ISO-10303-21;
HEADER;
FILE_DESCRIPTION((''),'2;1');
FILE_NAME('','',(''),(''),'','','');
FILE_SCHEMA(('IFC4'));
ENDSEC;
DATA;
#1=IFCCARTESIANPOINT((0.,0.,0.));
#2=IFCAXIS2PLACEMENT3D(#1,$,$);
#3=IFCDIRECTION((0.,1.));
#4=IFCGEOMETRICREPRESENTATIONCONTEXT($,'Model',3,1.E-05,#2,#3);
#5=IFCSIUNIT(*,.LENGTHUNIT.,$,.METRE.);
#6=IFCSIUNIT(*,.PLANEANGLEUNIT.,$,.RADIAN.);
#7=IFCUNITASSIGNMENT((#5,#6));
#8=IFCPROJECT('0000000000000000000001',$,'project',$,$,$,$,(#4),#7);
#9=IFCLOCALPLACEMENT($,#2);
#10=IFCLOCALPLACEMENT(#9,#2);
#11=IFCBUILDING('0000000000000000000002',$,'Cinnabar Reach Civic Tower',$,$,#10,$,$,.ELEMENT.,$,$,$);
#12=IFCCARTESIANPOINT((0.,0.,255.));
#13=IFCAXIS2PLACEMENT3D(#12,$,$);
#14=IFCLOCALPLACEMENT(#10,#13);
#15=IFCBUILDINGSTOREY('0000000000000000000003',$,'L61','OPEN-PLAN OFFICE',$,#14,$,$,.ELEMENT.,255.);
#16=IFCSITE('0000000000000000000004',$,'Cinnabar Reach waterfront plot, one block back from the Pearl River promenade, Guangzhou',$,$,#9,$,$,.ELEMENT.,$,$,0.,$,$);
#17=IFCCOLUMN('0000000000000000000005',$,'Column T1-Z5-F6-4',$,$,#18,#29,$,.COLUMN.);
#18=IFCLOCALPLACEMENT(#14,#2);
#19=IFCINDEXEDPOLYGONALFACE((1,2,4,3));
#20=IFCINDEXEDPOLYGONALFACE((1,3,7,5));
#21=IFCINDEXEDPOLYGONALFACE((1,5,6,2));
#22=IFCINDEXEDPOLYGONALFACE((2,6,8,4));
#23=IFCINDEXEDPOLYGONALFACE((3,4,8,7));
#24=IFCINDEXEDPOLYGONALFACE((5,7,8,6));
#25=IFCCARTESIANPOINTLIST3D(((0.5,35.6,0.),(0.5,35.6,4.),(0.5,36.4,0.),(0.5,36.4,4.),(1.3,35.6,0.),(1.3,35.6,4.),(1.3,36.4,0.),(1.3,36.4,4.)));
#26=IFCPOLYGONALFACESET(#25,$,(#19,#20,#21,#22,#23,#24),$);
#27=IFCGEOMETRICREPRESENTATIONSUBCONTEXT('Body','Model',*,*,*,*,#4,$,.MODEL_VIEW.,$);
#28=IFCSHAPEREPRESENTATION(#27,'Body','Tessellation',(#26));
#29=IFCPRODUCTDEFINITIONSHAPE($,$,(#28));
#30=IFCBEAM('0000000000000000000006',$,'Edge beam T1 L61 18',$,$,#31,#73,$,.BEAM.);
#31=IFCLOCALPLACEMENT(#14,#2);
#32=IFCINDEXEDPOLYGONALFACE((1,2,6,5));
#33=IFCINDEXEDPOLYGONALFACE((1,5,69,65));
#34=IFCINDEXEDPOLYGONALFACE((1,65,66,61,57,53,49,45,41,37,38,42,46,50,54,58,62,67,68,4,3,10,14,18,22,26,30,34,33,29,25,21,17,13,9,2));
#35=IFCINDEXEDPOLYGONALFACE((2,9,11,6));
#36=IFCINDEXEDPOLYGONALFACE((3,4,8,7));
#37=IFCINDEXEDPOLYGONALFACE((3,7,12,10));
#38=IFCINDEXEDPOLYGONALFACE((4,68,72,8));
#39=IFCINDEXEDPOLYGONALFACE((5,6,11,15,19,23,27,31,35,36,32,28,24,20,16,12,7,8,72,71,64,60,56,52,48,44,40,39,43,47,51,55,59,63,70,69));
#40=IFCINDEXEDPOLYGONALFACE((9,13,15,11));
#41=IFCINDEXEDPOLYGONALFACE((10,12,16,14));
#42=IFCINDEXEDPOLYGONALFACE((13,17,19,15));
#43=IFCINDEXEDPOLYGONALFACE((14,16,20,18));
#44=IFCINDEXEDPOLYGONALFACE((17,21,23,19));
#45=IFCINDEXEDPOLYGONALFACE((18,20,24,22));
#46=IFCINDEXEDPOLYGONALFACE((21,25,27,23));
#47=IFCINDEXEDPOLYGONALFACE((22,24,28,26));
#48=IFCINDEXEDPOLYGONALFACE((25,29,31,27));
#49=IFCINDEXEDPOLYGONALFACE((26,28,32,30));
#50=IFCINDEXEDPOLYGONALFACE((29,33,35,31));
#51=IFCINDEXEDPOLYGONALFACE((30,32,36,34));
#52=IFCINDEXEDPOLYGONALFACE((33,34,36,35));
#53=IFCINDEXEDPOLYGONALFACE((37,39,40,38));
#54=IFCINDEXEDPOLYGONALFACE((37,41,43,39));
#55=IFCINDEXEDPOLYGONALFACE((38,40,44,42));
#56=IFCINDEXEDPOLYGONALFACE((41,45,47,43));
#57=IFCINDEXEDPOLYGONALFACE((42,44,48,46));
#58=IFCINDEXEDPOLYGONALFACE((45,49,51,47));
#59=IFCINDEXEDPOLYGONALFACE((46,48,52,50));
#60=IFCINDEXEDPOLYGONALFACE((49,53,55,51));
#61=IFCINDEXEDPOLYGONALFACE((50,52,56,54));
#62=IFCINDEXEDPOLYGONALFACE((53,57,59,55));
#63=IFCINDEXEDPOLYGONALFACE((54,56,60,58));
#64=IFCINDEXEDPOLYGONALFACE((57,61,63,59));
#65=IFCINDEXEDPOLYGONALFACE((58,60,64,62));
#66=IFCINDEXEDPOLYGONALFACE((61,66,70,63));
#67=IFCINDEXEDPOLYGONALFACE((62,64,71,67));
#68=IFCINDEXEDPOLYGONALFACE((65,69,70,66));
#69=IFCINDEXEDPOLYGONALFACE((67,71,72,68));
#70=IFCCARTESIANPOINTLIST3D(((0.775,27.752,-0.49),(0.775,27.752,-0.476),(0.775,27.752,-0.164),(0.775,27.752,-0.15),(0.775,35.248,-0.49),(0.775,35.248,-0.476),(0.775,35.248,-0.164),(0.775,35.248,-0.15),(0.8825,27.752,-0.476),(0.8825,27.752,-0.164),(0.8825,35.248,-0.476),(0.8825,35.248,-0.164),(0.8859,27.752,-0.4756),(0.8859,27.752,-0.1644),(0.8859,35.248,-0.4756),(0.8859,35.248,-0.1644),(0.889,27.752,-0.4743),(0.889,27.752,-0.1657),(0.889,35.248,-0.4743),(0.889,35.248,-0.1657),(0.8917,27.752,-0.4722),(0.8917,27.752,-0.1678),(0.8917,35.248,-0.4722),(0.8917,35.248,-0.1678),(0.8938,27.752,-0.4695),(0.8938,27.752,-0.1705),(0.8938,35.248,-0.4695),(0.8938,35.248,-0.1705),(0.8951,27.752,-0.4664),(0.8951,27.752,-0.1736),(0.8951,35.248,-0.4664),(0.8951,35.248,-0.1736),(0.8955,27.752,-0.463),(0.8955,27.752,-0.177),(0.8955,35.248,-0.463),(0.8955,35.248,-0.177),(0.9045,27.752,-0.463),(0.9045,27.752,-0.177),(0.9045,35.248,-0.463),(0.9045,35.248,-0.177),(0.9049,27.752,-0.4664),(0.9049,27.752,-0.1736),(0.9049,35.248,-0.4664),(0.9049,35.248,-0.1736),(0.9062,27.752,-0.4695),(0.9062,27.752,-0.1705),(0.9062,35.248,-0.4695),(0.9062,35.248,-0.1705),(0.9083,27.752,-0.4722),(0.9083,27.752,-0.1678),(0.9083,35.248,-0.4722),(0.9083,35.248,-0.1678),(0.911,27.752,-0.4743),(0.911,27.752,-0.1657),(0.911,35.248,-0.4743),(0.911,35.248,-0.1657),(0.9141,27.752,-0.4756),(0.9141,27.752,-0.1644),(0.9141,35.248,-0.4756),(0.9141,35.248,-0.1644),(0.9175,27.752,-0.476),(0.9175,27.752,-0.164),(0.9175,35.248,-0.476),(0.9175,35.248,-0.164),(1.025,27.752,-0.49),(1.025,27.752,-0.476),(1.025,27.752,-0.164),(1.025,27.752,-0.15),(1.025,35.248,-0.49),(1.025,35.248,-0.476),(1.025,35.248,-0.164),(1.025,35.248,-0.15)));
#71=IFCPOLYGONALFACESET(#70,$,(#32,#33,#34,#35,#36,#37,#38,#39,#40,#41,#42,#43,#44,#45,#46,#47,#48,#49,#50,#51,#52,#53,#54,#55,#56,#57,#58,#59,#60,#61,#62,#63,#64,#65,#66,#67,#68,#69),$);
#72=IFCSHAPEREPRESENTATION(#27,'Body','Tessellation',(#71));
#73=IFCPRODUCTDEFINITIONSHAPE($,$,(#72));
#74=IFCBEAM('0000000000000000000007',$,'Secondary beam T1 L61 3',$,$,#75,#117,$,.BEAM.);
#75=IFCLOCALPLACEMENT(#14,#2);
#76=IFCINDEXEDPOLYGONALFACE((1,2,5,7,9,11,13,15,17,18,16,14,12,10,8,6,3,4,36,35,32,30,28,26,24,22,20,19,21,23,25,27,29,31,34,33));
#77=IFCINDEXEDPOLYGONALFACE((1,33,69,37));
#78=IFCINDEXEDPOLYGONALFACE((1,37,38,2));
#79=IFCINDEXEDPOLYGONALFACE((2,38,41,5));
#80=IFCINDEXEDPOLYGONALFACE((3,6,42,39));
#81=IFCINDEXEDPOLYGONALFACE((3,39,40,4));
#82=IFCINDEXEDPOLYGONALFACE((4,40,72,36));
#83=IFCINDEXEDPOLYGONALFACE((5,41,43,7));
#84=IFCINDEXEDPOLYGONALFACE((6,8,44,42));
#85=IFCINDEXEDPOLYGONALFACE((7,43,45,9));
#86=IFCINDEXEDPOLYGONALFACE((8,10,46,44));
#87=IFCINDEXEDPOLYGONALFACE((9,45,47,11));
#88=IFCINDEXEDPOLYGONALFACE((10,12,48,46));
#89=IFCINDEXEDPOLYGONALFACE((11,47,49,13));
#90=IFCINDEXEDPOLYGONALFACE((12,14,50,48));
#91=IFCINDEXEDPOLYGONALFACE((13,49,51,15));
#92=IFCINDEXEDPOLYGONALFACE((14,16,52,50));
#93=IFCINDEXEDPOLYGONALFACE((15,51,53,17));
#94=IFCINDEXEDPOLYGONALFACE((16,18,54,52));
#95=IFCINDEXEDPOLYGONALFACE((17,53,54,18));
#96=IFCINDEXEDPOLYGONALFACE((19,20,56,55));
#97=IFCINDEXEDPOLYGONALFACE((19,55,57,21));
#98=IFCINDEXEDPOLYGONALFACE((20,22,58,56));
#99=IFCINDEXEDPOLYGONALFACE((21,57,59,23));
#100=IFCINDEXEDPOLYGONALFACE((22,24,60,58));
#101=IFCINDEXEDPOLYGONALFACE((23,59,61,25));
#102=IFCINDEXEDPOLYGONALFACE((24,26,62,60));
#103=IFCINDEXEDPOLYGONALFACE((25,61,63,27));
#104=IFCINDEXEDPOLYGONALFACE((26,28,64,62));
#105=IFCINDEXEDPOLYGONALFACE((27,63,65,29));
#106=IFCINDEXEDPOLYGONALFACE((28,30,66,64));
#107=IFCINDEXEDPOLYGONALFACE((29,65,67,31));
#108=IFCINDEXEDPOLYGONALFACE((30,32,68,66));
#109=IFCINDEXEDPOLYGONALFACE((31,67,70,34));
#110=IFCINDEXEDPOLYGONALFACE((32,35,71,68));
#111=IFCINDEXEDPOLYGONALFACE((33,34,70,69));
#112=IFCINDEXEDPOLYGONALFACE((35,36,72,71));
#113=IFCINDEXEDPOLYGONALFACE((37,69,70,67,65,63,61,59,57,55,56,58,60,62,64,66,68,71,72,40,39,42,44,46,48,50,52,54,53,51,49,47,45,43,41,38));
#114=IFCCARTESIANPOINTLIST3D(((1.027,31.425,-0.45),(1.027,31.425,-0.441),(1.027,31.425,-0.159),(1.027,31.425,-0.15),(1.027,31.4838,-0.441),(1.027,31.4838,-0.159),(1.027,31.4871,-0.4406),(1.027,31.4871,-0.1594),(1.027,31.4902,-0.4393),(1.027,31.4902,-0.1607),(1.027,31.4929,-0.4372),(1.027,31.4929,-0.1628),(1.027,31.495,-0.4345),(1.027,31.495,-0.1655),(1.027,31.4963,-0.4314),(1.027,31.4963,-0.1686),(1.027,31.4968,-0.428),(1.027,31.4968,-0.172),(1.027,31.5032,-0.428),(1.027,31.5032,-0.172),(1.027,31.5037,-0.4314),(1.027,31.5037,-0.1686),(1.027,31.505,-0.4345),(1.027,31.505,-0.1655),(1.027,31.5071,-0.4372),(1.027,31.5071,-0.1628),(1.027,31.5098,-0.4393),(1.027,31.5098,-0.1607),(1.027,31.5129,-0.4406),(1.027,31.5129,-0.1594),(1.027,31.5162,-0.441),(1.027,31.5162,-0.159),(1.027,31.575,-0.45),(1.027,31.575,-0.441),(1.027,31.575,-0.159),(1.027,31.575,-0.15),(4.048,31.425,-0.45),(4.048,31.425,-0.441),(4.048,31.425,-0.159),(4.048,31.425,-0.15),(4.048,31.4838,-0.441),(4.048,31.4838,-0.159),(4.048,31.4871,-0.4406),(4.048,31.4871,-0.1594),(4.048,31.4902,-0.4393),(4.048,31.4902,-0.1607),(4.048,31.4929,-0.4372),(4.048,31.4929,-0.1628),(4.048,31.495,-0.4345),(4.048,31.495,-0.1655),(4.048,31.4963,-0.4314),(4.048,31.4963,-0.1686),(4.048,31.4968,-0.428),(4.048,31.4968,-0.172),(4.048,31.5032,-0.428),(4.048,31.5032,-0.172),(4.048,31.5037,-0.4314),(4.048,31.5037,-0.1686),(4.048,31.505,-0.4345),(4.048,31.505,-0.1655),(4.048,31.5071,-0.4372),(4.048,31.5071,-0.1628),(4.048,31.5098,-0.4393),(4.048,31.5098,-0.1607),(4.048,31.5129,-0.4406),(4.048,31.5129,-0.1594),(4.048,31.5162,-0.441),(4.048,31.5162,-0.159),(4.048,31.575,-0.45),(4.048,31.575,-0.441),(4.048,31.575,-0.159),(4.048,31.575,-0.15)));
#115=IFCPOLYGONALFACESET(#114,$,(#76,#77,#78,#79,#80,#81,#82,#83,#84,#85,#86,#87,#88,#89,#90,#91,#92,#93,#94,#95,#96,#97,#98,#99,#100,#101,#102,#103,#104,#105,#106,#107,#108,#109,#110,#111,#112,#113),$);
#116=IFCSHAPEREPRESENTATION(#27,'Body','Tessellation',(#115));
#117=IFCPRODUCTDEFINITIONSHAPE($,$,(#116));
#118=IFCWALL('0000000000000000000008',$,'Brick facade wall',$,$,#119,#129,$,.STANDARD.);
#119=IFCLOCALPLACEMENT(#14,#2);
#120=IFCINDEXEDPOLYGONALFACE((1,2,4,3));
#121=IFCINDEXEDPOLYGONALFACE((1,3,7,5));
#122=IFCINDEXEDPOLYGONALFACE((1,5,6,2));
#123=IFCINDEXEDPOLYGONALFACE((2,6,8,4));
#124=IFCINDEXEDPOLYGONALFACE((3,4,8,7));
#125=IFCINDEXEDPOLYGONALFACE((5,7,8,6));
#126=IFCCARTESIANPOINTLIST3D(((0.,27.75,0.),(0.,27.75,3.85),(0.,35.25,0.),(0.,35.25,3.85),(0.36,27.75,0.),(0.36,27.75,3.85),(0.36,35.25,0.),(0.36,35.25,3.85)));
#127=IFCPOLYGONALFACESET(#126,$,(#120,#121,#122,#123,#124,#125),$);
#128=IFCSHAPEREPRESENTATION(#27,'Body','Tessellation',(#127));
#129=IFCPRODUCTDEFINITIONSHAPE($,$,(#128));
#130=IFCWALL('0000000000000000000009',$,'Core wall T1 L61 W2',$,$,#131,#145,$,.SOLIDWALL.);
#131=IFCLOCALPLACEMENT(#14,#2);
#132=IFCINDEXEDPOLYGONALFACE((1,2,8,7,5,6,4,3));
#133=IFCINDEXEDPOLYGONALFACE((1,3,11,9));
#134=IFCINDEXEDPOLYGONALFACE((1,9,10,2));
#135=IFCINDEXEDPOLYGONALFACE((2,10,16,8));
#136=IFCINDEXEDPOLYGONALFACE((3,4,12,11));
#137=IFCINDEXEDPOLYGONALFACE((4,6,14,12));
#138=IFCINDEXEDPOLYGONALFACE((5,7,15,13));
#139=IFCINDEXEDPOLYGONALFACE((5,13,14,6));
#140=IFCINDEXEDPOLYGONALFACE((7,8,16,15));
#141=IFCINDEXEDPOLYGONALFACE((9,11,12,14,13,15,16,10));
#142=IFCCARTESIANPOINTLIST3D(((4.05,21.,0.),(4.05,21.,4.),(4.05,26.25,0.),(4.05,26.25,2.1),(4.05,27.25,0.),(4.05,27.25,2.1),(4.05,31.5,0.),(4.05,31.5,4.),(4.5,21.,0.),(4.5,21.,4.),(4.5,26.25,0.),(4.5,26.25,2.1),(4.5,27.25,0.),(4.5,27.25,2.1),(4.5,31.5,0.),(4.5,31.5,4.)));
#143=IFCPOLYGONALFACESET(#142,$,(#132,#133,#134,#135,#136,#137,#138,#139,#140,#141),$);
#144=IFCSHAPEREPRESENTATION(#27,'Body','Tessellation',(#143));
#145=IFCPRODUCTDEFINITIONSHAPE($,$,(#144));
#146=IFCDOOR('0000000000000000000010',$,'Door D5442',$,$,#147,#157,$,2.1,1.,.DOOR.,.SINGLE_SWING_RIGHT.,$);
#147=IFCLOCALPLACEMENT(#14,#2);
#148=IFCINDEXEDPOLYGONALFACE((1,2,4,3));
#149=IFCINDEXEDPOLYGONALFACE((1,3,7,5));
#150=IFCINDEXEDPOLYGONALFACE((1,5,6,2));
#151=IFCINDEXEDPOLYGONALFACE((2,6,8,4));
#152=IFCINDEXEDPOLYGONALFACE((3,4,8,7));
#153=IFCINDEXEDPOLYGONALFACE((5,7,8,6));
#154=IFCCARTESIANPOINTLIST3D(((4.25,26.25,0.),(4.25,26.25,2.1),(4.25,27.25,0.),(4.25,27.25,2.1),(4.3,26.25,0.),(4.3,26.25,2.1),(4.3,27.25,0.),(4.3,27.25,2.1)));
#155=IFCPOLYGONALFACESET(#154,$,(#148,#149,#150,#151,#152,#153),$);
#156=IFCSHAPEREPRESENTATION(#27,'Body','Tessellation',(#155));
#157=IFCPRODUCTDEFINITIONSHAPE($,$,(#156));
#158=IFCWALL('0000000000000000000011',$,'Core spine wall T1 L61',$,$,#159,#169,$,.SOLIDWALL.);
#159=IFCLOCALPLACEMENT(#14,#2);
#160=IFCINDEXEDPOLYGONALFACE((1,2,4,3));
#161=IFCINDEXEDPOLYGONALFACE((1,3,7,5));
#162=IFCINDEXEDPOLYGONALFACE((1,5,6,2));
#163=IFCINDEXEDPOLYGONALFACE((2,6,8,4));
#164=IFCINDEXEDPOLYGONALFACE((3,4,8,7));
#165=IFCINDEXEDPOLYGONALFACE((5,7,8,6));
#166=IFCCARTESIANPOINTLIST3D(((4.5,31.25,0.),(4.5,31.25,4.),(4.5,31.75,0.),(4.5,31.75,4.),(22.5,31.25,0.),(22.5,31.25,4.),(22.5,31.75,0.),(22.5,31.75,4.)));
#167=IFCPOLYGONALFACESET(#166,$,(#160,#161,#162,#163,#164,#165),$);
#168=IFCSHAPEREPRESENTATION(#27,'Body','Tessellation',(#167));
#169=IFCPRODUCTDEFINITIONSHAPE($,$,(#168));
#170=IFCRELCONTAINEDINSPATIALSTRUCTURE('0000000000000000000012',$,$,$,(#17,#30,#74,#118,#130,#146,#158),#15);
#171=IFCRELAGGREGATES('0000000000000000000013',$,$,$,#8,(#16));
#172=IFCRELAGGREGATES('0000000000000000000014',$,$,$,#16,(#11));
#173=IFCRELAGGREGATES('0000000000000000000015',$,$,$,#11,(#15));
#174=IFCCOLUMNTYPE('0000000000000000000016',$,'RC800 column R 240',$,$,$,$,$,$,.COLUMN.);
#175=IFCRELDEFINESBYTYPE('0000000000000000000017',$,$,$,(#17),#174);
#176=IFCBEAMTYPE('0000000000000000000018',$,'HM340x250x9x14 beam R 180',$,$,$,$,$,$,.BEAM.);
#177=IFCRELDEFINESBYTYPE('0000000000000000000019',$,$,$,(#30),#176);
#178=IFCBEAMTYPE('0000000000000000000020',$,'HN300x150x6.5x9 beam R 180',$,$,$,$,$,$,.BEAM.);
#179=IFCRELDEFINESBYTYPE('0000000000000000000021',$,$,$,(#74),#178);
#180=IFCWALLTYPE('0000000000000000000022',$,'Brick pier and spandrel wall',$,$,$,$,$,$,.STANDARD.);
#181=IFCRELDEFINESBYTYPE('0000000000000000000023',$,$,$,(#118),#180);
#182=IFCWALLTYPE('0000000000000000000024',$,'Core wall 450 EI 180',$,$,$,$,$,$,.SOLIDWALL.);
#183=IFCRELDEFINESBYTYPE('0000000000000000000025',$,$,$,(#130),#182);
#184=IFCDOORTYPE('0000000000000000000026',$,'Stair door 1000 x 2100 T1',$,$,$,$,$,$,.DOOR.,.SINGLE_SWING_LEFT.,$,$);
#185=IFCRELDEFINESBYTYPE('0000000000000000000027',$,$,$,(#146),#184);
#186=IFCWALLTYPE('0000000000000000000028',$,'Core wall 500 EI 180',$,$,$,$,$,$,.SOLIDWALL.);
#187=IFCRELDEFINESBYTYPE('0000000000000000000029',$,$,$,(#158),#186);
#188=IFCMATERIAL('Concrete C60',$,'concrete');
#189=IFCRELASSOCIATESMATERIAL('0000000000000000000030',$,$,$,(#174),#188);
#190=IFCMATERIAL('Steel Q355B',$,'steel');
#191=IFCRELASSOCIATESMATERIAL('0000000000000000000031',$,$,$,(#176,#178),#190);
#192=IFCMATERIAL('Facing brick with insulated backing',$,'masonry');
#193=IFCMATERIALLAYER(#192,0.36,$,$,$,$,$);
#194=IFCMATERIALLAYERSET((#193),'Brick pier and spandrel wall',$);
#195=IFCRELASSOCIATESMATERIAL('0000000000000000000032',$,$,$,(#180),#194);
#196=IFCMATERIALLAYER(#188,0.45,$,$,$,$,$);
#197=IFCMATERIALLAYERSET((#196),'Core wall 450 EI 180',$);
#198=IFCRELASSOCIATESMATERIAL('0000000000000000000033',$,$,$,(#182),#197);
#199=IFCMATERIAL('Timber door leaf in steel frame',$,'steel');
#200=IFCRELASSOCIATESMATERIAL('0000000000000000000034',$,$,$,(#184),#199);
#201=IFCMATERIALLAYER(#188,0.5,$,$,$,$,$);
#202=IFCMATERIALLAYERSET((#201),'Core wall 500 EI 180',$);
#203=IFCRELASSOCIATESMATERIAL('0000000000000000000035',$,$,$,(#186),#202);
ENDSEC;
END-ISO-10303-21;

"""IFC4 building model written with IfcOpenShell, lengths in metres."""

from ifc_helpers import new_model, si_unit, direction, frame, frame_2d, origin, origin_2d, place, context, subcontext, project, spatial, rectangle, i_section, extrude, material, layer, layer_set, material_profile, profile_set, type_object, element, fill, save


model = new_model("IFC4")

# Units and contexts
model_context = context("Model", 3, precision=1e-05, world=origin(), true_north=direction((0.0, 1.0)))
body_context = subcontext(model_context, "Body", "Model", "MODEL_VIEW")
ifc_project = project(units=[si_unit("LENGTHUNIT", "METRE"), si_unit("PLANEANGLEUNIT", "RADIAN")], contexts=[model_context])

# Site, building, storey
site_placement = place(None, origin())
site = spatial("IfcSite", under=ifc_project, at=site_placement, Name="Cinnabar Reach waterfront plot, one block back from the Pearl River promenade, Guangzhou", CompositionType="ELEMENT", RefElevation=0.0)
building_placement = place(site_placement, origin())
building = spatial("IfcBuilding", under=site, at=building_placement, Name="Cinnabar Reach Civic Tower", CompositionType="ELEMENT")
storey_placement = place(building_placement, frame((0.0, 0.0, 255.0)))
storey = spatial("IfcBuildingStorey", under=building, at=storey_placement, Name="L61", Description="OPEN-PLAN OFFICE", CompositionType="ELEMENT", Elevation=255.0)

# Column
ifc_material_1 = material(Name="Concrete C60", Category="concrete")
ifc_material_profile_1 = material_profile(ifc_material_1, rectangle(XDim=0.8, YDim=0.8, at=origin_2d()), Name="RC800")
ifc_profile_set_1 = profile_set([ifc_material_profile_1], Name="Concrete C60")
column_type = type_object("IfcColumnType", Name="RC800 column R 240", PredefinedType="COLUMN", material=ifc_profile_set_1)
column_placement = place(storey_placement, frame((0.9, 36.0, 0.0), z_axis=(0.0, 0.0, 1.0), x_axis=(1.0, 0.0, 0.0)))
element("IfcColumn", 1, at=column_placement, inside=storey, type_object=column_type, Name="Column T1-Z5-F6-4", PredefinedType="COLUMN", context=body_context, shape_type="SweptSolid", body=[
    extrude(rectangle(XDim=0.8, YDim=0.8, at=origin_2d()), origin(), (0.0, 0.0, 1.0), 4.0),
])

# Beams
ifc_material_2 = material(Name="Steel Q355B", Category="steel")
ifc_material_profile_2 = material_profile(ifc_material_2, i_section(OverallWidth=0.25, OverallDepth=0.34, WebThickness=0.009, FlangeThickness=0.014, FilletRadius=0.013, at=origin_2d()), Name="HM340x250x9x14")
ifc_profile_set_2 = profile_set([ifc_material_profile_2], Name="Steel Q355B")
beam_type_1 = type_object("IfcBeamType", Name="HM340x250x9x14 beam R 180", PredefinedType="BEAM", material=ifc_profile_set_2)
beam_1_placement = place(storey_placement, frame((0.9, 35.248, -0.32), z_axis=(0.0, -1.0, 0.0), x_axis=(1.0, 0.0, 0.0)))
element("IfcBeam", 2, at=beam_1_placement, inside=storey, type_object=beam_type_1, Name="Edge beam T1 L61 18", PredefinedType="BEAM", context=body_context, shape_type="SweptSolid", body=[
    extrude(i_section(OverallWidth=0.25, OverallDepth=0.34, WebThickness=0.009, FlangeThickness=0.014, FilletRadius=0.013, at=origin_2d()), origin(), (0.0, 0.0, 1.0), 7.496),
])
ifc_material_profile_3 = material_profile(ifc_material_2, i_section(OverallWidth=0.15, OverallDepth=0.3, WebThickness=0.0065, FlangeThickness=0.009, FilletRadius=0.013, at=origin_2d()), Name="HN300x150x6.5x9")
ifc_profile_set_3 = profile_set([ifc_material_profile_3], Name="Steel Q355B")
beam_type_2 = type_object("IfcBeamType", Name="HN300x150x6.5x9 beam R 180", PredefinedType="BEAM", material=ifc_profile_set_3)
beam_2_placement = place(storey_placement, frame((1.027, 31.5, -0.3), z_axis=(1.0, 0.0, 0.0), x_axis=(0.0, 1.0, 0.0)))
element("IfcBeam", 3, at=beam_2_placement, inside=storey, type_object=beam_type_2, Name="Secondary beam T1 L61 3", PredefinedType="BEAM", context=body_context, shape_type="SweptSolid", body=[
    extrude(i_section(OverallWidth=0.15, OverallDepth=0.3, WebThickness=0.0065, FlangeThickness=0.009, FilletRadius=0.013, at=origin_2d()), origin(), (0.0, 0.0, 1.0), 3.021),
])

# Wall
ifc_material_3 = material(Name="Facing brick with insulated backing", Category="masonry")
ifc_layer_1 = layer(ifc_material_3, 0.36)
ifc_layer_set_1 = layer_set([ifc_layer_1], Name="Brick pier and spandrel wall")
wall_type_1 = type_object("IfcWallType", Name="Brick pier and spandrel wall", PredefinedType="STANDARD", material=ifc_layer_set_1)
wall_1_placement = place(storey_placement, frame((0.18, 35.25, 0.0), z_axis=(0.0, 0.0, 1.0), x_axis=(0.0, -1.0, 0.0)))
element("IfcWall", 4, at=wall_1_placement, inside=storey, type_object=wall_type_1, Name="Brick facade wall", PredefinedType="STANDARD", context=body_context, shape_type="SweptSolid", body=[
    extrude(rectangle(XDim=7.5, YDim=0.36, at=frame_2d((3.75, 0.0))), origin(), (0.0, 0.0, 1.0), 3.85),
])

# Wall, opening, door
ifc_layer_2 = layer(ifc_material_1, 0.45)
ifc_layer_set_2 = layer_set([ifc_layer_2], Name="Core wall 450 EI 180")
wall_type_2 = type_object("IfcWallType", Name="Core wall 450 EI 180", PredefinedType="SOLIDWALL", material=ifc_layer_set_2)
wall_2_placement = place(storey_placement, frame((4.275, 31.5, 0.0), z_axis=(0.0, 0.0, 1.0), x_axis=(0.0, -1.0, 0.0)))
wall_2 = element("IfcWall", 5, at=wall_2_placement, inside=storey, type_object=wall_type_2, Name="Core wall T1 L61 W2", PredefinedType="SOLIDWALL", context=body_context, shape_type="SweptSolid", body=[
    extrude(rectangle(XDim=10.5, YDim=0.45, at=frame_2d((5.25, 0.0))), origin(), (0.0, 0.0, 1.0), 4.0),
])
opening_1_placement = place(wall_2_placement, frame((4.25, 0.0, 0.0)))
opening_1 = element("IfcOpeningElement", 6, at=opening_1_placement, cuts=wall_2, PredefinedType="OPENING", context=body_context, shape_type="SweptSolid", body=[
    extrude(rectangle(XDim=1.0, YDim=2.1, at=frame_2d((0.5, 1.05))), frame((0.0, 0.235, 0.0), z_axis=(0.0, -1.0, 0.0), x_axis=(1.0, 0.0, 0.0)), (0.0, 0.0, 1.0), 0.47),
])
ifc_material_4 = material(Name="Timber door leaf in steel frame", Category="steel")
door_type_1 = type_object("IfcDoorType", Name="Stair door 1000 x 2100 T1", OperationType="SINGLE_SWING_LEFT", PredefinedType="DOOR", material=ifc_material_4)
door_1_placement = place(opening_1_placement, frame((1.0, 0.0, 0.0), z_axis=(0.0, 0.0, 1.0), x_axis=(-1.0, 0.0, 0.0)))
door_1 = element("IfcDoor", 7, at=door_1_placement, inside=storey, type_object=door_type_1, Name="Door D5442", OperationType="SINGLE_SWING_RIGHT", OverallHeight=2.1, OverallWidth=1.0, PredefinedType="DOOR", context=body_context, shape_type="SweptSolid", body=[
    extrude(rectangle(XDim=1.0, YDim=2.1, at=frame_2d((0.5, 1.05))), frame((0.0, 0.025, 0.0), z_axis=(0.0, -1.0, 0.0), x_axis=(1.0, 0.0, 0.0)), (0.0, 0.0, 1.0), 0.05),
])
fill(opening_1, door_1)

# Wall
ifc_layer_3 = layer(ifc_material_1, 0.5)
ifc_layer_set_3 = layer_set([ifc_layer_3], Name="Core wall 500 EI 180")
wall_type_3 = type_object("IfcWallType", Name="Core wall 500 EI 180", PredefinedType="SOLIDWALL", material=ifc_layer_set_3)
wall_3_placement = place(storey_placement, frame((4.5, 31.5, 0.0), z_axis=(0.0, 0.0, 1.0), x_axis=(1.0, 0.0, 0.0)))
element("IfcWall", 8, at=wall_3_placement, inside=storey, type_object=wall_type_3, Name="Core spine wall T1 L61", PredefinedType="SOLIDWALL", context=body_context, shape_type="SweptSolid", body=[
    extrude(rectangle(XDim=18.0, YDim=0.5, at=frame_2d((9.0, 0.0))), origin(), (0.0, 0.0, 1.0), 4.0),
])

save(model, "model.ifc")
